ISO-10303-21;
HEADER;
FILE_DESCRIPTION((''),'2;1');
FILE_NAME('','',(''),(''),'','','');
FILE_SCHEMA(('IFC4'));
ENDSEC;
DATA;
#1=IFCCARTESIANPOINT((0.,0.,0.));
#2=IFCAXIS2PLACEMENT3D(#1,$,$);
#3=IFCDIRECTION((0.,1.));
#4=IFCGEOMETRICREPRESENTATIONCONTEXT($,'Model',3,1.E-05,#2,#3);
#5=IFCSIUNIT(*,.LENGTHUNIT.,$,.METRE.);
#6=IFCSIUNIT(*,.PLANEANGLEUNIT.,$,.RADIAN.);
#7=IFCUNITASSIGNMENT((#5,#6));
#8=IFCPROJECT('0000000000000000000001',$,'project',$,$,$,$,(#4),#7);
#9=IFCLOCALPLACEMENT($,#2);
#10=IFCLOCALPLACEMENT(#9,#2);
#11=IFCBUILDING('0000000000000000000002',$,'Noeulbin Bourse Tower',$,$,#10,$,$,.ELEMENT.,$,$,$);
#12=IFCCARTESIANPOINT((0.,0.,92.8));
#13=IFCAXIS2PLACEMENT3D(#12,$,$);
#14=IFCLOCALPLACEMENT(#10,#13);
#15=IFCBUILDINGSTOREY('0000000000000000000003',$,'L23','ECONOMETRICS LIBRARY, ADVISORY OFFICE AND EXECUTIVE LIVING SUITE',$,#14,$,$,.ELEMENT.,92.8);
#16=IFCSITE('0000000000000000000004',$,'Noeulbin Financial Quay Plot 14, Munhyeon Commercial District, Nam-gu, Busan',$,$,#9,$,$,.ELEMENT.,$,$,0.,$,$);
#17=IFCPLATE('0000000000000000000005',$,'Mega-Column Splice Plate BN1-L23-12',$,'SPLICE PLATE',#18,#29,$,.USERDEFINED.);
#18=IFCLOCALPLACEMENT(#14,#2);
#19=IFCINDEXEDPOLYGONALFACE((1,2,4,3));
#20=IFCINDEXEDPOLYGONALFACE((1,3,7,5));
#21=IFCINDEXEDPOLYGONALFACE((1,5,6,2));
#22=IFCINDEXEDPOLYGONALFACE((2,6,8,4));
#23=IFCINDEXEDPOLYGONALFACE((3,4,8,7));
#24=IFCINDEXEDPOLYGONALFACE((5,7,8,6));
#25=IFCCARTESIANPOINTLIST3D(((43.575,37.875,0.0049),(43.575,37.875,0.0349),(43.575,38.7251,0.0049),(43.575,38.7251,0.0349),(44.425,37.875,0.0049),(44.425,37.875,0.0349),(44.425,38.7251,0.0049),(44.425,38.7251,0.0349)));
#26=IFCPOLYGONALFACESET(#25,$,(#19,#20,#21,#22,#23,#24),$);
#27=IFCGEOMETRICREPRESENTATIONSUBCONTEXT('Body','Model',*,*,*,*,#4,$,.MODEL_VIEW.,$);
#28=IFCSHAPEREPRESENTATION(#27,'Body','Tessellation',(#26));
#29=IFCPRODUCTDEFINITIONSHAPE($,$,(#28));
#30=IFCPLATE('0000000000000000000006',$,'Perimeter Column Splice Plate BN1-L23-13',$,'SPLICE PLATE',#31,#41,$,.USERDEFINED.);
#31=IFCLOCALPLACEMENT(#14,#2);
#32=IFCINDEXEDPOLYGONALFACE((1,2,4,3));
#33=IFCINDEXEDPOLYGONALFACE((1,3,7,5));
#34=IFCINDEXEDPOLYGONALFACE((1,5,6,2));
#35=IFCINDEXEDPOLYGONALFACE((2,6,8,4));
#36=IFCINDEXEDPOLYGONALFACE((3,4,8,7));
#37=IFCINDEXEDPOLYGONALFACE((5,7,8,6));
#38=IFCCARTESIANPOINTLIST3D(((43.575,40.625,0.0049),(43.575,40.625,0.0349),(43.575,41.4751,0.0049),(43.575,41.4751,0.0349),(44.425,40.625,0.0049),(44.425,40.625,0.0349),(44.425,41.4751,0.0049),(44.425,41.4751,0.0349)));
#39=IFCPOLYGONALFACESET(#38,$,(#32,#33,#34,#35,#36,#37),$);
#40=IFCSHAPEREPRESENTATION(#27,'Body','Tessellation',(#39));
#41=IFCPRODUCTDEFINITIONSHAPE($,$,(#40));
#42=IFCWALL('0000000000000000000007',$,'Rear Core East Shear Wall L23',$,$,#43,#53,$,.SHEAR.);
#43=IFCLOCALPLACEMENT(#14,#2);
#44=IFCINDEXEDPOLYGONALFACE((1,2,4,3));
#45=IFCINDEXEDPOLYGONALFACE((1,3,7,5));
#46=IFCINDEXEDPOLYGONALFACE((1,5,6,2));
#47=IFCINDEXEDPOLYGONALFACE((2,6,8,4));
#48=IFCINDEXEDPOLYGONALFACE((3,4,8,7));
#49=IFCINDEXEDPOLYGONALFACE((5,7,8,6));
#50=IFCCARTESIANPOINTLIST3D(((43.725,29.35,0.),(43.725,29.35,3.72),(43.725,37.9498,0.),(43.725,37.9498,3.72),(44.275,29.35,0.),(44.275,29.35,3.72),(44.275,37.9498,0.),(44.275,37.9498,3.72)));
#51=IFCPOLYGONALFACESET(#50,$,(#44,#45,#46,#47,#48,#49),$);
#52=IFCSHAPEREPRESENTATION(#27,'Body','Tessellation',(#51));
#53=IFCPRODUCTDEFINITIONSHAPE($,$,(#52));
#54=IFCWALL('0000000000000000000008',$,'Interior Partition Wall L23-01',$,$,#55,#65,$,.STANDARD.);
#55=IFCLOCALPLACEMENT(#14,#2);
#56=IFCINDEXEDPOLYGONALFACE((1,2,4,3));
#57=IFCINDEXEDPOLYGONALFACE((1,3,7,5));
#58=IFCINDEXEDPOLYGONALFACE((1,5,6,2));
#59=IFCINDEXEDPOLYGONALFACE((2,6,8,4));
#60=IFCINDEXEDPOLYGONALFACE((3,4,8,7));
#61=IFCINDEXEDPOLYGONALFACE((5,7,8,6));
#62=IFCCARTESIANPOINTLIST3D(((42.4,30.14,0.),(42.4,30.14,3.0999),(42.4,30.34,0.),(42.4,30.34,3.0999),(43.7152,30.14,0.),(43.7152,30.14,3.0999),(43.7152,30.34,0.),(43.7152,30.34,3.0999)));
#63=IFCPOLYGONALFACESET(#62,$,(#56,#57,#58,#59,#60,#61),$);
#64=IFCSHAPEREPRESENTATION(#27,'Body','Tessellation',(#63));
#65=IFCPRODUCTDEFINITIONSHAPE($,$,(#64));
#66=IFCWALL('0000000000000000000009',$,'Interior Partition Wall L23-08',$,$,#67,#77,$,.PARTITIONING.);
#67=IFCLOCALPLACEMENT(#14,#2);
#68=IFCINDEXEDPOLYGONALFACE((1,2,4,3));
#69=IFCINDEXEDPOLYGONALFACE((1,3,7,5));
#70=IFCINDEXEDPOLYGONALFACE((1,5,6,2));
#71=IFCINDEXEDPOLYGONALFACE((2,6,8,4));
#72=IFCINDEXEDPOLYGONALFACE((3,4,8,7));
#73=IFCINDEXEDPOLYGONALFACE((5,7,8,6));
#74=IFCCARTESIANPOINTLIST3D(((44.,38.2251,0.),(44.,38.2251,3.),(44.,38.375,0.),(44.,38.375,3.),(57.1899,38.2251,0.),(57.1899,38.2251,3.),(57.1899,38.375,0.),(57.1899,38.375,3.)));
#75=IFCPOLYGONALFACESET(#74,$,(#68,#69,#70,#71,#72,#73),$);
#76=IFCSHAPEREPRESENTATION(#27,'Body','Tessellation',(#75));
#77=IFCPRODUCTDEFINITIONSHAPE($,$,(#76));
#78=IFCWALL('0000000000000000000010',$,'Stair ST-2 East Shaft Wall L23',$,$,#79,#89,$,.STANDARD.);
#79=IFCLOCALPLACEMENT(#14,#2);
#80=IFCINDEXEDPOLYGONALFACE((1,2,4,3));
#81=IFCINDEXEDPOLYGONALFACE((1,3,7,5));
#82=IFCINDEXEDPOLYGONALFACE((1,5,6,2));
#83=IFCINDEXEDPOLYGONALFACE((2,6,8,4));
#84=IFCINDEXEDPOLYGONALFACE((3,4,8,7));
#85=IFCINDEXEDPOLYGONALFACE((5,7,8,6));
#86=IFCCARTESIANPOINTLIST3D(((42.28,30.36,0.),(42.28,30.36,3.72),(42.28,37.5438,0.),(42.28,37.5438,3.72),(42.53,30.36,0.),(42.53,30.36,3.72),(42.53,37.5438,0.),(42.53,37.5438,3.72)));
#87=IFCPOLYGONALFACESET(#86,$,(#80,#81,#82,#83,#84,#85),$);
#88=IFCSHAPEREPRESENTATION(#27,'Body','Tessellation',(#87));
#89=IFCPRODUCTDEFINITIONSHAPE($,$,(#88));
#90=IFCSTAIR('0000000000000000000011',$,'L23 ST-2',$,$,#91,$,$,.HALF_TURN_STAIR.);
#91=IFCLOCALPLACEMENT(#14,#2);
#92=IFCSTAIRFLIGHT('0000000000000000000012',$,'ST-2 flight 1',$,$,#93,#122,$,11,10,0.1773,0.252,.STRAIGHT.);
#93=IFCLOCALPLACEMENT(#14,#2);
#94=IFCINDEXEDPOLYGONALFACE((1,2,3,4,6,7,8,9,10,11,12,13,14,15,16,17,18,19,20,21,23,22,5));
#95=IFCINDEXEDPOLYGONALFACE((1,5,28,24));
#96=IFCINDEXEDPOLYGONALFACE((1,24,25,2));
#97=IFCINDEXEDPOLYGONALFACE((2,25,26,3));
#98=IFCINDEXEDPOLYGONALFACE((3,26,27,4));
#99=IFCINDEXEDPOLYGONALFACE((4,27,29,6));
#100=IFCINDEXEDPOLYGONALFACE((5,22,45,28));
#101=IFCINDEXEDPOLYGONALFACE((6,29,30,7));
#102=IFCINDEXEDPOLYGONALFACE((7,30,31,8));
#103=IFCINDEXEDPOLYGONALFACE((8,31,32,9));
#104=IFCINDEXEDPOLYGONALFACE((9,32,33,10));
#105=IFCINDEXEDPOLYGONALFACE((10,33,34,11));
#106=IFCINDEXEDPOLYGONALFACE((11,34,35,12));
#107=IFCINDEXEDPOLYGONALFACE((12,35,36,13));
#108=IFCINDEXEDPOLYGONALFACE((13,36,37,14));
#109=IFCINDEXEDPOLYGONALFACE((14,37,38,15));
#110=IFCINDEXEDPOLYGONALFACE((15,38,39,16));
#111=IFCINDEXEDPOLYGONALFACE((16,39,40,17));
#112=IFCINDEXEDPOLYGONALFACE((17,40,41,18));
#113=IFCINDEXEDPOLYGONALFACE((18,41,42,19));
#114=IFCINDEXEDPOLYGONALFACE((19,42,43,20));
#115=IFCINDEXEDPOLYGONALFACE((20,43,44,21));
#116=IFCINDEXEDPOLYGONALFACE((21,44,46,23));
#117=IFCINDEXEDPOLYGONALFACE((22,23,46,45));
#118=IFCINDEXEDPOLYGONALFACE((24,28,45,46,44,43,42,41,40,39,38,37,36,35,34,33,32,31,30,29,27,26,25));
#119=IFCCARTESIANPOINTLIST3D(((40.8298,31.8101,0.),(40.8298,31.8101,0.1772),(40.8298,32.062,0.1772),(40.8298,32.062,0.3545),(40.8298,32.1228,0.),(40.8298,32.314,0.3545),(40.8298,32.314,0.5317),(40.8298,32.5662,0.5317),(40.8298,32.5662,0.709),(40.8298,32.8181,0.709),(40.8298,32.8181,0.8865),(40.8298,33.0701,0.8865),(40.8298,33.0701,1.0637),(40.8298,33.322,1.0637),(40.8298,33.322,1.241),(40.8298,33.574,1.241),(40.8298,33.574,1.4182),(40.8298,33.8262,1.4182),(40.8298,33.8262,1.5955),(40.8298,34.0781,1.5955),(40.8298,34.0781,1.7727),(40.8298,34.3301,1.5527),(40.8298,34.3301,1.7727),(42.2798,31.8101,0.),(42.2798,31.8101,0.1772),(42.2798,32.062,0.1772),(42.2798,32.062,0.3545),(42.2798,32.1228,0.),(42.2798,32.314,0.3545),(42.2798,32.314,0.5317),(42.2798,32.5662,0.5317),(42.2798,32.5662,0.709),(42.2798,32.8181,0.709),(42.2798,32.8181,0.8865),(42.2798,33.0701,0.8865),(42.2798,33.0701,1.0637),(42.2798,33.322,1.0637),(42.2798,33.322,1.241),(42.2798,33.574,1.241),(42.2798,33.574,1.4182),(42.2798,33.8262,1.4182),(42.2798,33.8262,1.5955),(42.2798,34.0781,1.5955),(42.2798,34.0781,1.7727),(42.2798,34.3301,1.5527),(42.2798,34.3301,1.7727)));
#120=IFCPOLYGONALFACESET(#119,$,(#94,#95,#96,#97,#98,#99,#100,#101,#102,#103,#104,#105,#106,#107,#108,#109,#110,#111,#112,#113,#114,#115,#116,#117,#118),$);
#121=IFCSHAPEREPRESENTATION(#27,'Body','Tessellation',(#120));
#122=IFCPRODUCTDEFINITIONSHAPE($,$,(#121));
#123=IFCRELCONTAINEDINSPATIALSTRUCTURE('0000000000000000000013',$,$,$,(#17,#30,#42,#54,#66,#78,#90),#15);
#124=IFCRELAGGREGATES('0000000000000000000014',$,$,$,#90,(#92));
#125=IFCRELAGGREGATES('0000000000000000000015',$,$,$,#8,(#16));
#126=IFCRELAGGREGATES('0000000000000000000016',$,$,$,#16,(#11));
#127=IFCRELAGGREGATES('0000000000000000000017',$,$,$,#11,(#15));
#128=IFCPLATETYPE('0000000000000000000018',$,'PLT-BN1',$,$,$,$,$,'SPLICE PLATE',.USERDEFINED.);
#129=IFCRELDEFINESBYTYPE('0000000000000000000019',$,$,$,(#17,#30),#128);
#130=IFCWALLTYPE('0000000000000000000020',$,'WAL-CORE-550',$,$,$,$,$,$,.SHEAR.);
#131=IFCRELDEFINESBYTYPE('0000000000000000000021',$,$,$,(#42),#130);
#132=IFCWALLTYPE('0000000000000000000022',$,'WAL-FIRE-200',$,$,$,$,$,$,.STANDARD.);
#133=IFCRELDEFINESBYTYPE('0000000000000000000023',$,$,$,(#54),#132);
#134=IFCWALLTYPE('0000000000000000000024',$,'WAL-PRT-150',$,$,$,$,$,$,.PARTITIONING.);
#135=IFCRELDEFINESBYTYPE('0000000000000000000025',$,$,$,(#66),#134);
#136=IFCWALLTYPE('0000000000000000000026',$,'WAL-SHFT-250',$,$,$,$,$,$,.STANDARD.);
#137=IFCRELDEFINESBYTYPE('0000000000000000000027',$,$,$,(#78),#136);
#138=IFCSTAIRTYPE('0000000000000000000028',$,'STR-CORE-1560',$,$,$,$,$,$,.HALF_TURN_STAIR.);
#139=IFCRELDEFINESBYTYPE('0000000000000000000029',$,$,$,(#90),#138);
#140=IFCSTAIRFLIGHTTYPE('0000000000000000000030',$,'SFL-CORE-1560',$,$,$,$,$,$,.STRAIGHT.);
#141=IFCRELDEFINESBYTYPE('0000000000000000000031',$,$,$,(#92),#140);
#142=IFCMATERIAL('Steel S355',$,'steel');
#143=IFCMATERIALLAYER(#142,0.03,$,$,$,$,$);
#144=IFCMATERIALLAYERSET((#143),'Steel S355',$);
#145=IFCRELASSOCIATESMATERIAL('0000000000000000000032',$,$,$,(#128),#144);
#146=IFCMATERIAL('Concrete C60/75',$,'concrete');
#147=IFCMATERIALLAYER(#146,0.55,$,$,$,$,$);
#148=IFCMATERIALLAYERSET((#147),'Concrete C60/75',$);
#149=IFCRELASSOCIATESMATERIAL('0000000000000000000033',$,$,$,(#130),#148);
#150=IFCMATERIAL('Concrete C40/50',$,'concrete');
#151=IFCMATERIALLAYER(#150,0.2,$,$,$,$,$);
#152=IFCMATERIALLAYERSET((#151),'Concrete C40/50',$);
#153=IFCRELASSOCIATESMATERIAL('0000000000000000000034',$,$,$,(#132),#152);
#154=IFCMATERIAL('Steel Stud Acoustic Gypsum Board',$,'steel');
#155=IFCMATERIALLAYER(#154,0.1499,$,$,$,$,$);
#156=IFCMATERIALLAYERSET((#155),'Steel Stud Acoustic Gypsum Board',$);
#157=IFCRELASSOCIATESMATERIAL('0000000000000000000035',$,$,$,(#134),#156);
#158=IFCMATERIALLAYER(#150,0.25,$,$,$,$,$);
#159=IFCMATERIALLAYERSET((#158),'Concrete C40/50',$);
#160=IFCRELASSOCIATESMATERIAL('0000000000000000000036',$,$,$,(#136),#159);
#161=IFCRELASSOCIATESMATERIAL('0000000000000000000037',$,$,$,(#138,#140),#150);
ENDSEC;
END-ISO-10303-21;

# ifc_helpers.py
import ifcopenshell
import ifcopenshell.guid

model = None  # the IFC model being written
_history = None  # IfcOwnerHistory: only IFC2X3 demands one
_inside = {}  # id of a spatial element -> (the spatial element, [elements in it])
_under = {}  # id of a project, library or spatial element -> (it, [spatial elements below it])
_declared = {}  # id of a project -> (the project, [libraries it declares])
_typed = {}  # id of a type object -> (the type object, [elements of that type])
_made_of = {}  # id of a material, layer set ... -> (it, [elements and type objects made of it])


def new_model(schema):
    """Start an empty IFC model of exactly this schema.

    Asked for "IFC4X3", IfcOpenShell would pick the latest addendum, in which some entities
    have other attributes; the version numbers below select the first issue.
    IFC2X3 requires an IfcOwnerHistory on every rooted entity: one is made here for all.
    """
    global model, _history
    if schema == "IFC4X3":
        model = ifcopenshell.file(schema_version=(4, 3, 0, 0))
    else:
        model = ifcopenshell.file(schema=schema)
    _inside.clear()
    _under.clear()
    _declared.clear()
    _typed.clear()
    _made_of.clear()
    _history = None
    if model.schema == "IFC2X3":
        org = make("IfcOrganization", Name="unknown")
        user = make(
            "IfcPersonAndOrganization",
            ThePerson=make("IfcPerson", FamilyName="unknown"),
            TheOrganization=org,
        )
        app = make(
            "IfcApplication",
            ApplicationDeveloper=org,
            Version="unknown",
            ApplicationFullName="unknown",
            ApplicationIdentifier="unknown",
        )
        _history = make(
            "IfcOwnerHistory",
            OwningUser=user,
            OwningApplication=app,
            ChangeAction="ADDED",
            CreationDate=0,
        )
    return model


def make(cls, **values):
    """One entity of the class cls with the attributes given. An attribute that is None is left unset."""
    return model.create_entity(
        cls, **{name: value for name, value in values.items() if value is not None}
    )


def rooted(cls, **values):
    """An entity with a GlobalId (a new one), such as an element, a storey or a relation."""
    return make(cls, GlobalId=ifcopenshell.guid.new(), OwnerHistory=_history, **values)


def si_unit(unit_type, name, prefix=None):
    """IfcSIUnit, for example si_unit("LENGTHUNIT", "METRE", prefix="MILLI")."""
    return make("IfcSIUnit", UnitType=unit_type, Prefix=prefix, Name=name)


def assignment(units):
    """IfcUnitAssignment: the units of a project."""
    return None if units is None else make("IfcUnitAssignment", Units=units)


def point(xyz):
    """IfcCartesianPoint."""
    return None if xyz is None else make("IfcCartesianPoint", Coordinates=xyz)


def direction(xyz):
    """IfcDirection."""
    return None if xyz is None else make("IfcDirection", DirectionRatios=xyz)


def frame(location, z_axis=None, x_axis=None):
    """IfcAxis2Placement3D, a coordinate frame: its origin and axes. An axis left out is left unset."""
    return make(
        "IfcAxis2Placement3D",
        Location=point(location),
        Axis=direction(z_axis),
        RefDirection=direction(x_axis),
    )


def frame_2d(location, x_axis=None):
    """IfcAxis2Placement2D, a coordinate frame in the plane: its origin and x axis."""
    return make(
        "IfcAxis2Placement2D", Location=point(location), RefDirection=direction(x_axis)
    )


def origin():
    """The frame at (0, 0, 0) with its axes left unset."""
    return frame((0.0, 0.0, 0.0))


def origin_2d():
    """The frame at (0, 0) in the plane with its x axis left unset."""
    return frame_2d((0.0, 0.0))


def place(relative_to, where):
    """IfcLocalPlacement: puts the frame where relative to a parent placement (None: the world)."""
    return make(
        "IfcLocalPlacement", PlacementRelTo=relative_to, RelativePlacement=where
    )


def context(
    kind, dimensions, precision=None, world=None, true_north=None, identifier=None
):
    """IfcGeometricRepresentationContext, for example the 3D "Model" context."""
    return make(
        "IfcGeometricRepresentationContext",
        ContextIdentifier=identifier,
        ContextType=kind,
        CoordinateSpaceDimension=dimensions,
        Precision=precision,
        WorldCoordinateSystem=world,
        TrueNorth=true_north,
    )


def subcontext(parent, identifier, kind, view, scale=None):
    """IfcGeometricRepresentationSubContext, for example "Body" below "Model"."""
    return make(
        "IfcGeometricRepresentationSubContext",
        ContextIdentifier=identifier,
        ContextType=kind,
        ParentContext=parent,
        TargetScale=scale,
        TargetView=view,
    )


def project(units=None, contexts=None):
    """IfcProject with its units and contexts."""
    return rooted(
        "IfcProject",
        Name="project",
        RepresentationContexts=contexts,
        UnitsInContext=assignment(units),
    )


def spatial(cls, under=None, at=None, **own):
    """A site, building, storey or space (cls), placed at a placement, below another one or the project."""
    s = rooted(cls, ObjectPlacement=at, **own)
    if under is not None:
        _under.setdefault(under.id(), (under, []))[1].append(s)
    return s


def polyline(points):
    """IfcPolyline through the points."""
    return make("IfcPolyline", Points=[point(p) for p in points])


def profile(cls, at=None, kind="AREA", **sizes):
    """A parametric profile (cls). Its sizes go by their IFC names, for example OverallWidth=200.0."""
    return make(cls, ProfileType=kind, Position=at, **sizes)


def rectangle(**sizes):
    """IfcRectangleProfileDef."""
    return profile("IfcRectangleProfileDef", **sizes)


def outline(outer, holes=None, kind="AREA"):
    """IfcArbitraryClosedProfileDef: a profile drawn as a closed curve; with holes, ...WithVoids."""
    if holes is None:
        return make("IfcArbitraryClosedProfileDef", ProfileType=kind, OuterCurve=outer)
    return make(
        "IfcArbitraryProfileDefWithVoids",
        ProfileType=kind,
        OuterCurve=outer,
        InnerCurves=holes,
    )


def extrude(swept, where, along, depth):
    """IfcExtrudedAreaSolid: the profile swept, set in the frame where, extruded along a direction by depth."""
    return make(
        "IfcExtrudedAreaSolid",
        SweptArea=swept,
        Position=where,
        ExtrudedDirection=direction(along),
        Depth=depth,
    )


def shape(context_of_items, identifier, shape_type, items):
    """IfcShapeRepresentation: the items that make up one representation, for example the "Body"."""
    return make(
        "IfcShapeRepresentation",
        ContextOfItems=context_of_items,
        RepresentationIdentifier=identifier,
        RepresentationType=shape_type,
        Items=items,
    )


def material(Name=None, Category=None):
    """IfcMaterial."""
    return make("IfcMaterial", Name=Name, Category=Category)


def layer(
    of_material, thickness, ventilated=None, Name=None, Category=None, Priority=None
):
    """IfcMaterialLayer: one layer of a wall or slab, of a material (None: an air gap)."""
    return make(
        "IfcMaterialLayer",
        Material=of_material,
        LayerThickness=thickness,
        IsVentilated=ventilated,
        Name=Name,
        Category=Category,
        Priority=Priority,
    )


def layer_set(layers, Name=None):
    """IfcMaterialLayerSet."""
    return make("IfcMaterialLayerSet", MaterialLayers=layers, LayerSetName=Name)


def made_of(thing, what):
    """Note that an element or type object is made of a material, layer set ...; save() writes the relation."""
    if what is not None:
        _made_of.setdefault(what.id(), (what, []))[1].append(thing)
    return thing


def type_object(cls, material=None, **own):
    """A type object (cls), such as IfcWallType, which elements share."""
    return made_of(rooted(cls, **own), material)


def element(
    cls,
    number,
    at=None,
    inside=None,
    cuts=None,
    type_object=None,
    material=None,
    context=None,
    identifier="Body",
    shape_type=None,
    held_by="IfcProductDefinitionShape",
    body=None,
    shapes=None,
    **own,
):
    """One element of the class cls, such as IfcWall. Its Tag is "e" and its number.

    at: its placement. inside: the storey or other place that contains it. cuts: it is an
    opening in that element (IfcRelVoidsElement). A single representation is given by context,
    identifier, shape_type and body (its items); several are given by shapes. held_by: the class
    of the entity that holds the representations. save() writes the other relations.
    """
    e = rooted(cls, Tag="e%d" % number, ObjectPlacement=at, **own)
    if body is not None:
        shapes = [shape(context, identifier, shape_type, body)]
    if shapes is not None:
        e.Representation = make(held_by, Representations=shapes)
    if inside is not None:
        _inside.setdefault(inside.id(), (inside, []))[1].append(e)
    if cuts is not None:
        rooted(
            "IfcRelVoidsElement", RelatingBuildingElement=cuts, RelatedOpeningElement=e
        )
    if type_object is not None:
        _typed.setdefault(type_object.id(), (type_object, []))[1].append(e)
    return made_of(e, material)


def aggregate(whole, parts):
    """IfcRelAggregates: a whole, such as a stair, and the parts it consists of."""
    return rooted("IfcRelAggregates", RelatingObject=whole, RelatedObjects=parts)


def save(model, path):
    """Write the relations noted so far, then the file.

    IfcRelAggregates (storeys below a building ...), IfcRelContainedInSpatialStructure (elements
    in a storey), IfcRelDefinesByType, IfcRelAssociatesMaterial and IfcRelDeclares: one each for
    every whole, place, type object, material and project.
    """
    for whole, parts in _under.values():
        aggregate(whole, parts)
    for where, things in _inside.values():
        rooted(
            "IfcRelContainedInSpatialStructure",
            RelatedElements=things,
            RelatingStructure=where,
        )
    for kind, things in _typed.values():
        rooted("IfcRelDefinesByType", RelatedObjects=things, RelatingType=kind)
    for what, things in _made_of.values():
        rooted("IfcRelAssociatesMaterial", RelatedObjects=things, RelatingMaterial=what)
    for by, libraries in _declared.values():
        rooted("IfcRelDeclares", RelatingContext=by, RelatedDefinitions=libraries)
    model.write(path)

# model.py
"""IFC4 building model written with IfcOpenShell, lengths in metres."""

from ifc_helpers import new_model, si_unit, direction, frame, frame_2d, origin, origin_2d, place, context, subcontext, project, spatial, polyline, rectangle, outline, extrude, material, layer, layer_set, type_object, element, aggregate, save


model = new_model("IFC4")

# Units and contexts
model_context = context("Model", 3, precision=1e-05, world=origin(), true_north=direction((0.0, 1.0)))
body_context = subcontext(model_context, "Body", "Model", "MODEL_VIEW")
ifc_project = project(units=[si_unit("LENGTHUNIT", "METRE"), si_unit("PLANEANGLEUNIT", "RADIAN")], contexts=[model_context])

# Site, building, storey
site_placement = place(None, origin())
site = spatial("IfcSite", under=ifc_project, at=site_placement, Name="Noeulbin Financial Quay Plot 14, Munhyeon Commercial District, Nam-gu, Busan", CompositionType="ELEMENT", RefElevation=0.0)
building_placement = place(site_placement, origin())
building = spatial("IfcBuilding", under=site, at=building_placement, Name="Noeulbin Bourse Tower", CompositionType="ELEMENT")
storey_placement = place(building_placement, frame((0.0, 0.0, 92.8)))
storey = spatial("IfcBuildingStorey", under=building, at=storey_placement, Name="L23", Description="ECONOMETRICS LIBRARY, ADVISORY OFFICE AND EXECUTIVE LIVING SUITE", CompositionType="ELEMENT", Elevation=92.8)

# Shared definitions
ifc_material_1 = material(Name="Steel S355", Category="steel")

# Plates
ifc_layer_1 = layer(ifc_material_1, 0.03)
ifc_layer_set_1 = layer_set([ifc_layer_1], Name="Steel S355")
plate_type_1 = type_object("IfcPlateType", Name="PLT-BN1", ElementType="SPLICE PLATE", PredefinedType="USERDEFINED", material=ifc_layer_set_1)
for number, where, z_axis, x_axis, name in (
    (1, (44.0, 38.3, 0.0049), (0.0, 0.0, 1.0), (1.0, 0.0, 0.0), "Mega-Column Splice Plate BN1-L23-12"),
    (2, (44.0, 41.05, 0.0049), (0.0, 0.0, 1.0), (1.0, 0.0, 0.0), "Perimeter Column Splice Plate BN1-L23-13"),
):
    element("IfcPlate", number, at=place(storey_placement, frame(where, z_axis=z_axis, x_axis=x_axis)), inside=storey, type_object=plate_type_1, Name=name, ObjectType="SPLICE PLATE", PredefinedType="USERDEFINED", context=body_context, shape_type="SweptSolid", body=[
        extrude(rectangle(XDim=0.8501, YDim=0.8501, at=origin_2d()), origin(), (0.0, 0.0, 1.0), 0.03),
    ])

# Walls
ifc_material_2 = material(Name="Concrete C60/75", Category="concrete")
ifc_layer_2 = layer(ifc_material_2, 0.55)
ifc_layer_set_2 = layer_set([ifc_layer_2], Name="Concrete C60/75")
wall_type_1 = type_object("IfcWallType", Name="WAL-CORE-550", PredefinedType="SHEAR", material=ifc_layer_set_2)
wall_1_placement = place(storey_placement, frame((44.0, 29.3501, 0.0), z_axis=(0.0, 0.0, 1.0), x_axis=(0.0, 1.0, 0.0)))
element("IfcWall", 3, at=wall_1_placement, inside=storey, type_object=wall_type_1, Name="Rear Core East Shear Wall L23", PredefinedType="SHEAR", context=body_context, shape_type="SweptSolid", body=[
    extrude(rectangle(XDim=8.5999, YDim=0.55, at=frame_2d((4.2998, 0.0))), origin(), (0.0, 0.0, 1.0), 3.72),
])
ifc_material_3 = material(Name="Concrete C40/50", Category="concrete")
ifc_layer_3 = layer(ifc_material_3, 0.2)
ifc_layer_set_3 = layer_set([ifc_layer_3], Name="Concrete C40/50")
wall_type_2 = type_object("IfcWallType", Name="WAL-FIRE-200", PredefinedType="STANDARD", material=ifc_layer_set_3)
wall_2_placement = place(storey_placement, frame((42.3999, 30.24, 0.0), z_axis=(0.0, 0.0, 1.0), x_axis=(1.0, 0.0, 0.0)))
element("IfcWall", 4, at=wall_2_placement, inside=storey, type_object=wall_type_2, Name="Interior Partition Wall L23-01", PredefinedType="STANDARD", context=body_context, shape_type="SweptSolid", body=[
    extrude(rectangle(XDim=1.3152, YDim=0.2, at=frame_2d((0.6577, 0.0))), origin(), (0.0, 0.0, 1.0), 3.0999),
])
ifc_material_4 = material(Name="Steel Stud Acoustic Gypsum Board", Category="steel")
ifc_layer_4 = layer(ifc_material_4, 0.1499)
ifc_layer_set_4 = layer_set([ifc_layer_4], Name="Steel Stud Acoustic Gypsum Board")
wall_type_3 = type_object("IfcWallType", Name="WAL-PRT-150", PredefinedType="PARTITIONING", material=ifc_layer_set_4)
wall_3_placement = place(storey_placement, frame((44.0, 38.3, 0.0), z_axis=(0.0, 0.0, 1.0), x_axis=(1.0, 0.0, 0.0)))
element("IfcWall", 5, at=wall_3_placement, inside=storey, type_object=wall_type_3, Name="Interior Partition Wall L23-08", PredefinedType="PARTITIONING", context=body_context, shape_type="SweptSolid", body=[
    extrude(rectangle(XDim=13.1899, YDim=0.1499, at=frame_2d((6.595, 0.0))), origin(), (0.0, 0.0, 1.0), 3.0),
])
ifc_layer_5 = layer(ifc_material_3, 0.25)
ifc_layer_set_5 = layer_set([ifc_layer_5], Name="Concrete C40/50")
wall_type_4 = type_object("IfcWallType", Name="WAL-SHFT-250", PredefinedType="STANDARD", material=ifc_layer_set_5)
wall_4_placement = place(storey_placement, frame((42.405, 30.3601, 0.0), z_axis=(0.0, 0.0, 1.0), x_axis=(0.0, 1.0, 0.0)))
element("IfcWall", 6, at=wall_4_placement, inside=storey, type_object=wall_type_4, Name="Stair ST-2 East Shaft Wall L23", PredefinedType="STANDARD", context=body_context, shape_type="SweptSolid", body=[
    extrude(rectangle(XDim=7.1838, YDim=0.25, at=frame_2d((3.5918, 0.0))), origin(), (0.0, 0.0, 1.0), 3.72),
])

# Stair, stair flight
stair_type = type_object("IfcStairType", Name="STR-CORE-1560", PredefinedType="HALF_TURN_STAIR", material=ifc_material_3)
stair_placement = place(storey_placement, origin())
stair = element("IfcStair", 7, at=stair_placement, inside=storey, type_object=stair_type, Name="L23 ST-2", PredefinedType="HALF_TURN_STAIR")
stair_flight_type = type_object("IfcStairFlightType", Name="SFL-CORE-1560", PredefinedType="STRAIGHT", material=ifc_material_3)
stair_flight_placement = place(storey_placement, frame((41.5549, 31.8101, 0.0), z_axis=(0.0, 0.0, 1.0), x_axis=(0.0, 1.0, 0.0)))
stair_flight = element("IfcStairFlight", 8, at=stair_flight_placement, type_object=stair_flight_type, Name="ST-2 flight 1", NumberOfRisers=11, NumberOfTreads=10, PredefinedType="STRAIGHT", RiserHeight=0.1773, TreadLength=0.252, context=body_context, shape_type="SweptSolid", body=[
    extrude(outline(polyline([(0.0, 0.0), (0.0, 0.1772), (0.252, 0.1772), (0.252, 0.3545), (0.5039, 0.3545), (0.5039, 0.5317), (0.7561, 0.5317), (0.7561, 0.709), (1.0081, 0.709), (1.0081, 0.8865), (1.26, 0.8865), (1.26, 1.0637), (1.512, 1.0637), (1.512, 1.241), (1.7639, 1.241), (1.7639, 1.4182), (2.0161, 1.4182), (2.0161, 1.5955), (2.2681, 1.5955), (2.2681, 1.7727), (2.52, 1.7727), (2.52, 1.95), (2.52, 1.5527), (0.3127, 0.0), (0.0, 0.0)])), frame((0.0, 0.7251, 0.0), z_axis=(0.0, -1.0, 0.0), x_axis=(1.0, 0.0, 0.0)), (0.0, 0.0, 1.0), 1.45),
])
aggregate(stair, [stair_flight])

save(model, "model.ifc")
